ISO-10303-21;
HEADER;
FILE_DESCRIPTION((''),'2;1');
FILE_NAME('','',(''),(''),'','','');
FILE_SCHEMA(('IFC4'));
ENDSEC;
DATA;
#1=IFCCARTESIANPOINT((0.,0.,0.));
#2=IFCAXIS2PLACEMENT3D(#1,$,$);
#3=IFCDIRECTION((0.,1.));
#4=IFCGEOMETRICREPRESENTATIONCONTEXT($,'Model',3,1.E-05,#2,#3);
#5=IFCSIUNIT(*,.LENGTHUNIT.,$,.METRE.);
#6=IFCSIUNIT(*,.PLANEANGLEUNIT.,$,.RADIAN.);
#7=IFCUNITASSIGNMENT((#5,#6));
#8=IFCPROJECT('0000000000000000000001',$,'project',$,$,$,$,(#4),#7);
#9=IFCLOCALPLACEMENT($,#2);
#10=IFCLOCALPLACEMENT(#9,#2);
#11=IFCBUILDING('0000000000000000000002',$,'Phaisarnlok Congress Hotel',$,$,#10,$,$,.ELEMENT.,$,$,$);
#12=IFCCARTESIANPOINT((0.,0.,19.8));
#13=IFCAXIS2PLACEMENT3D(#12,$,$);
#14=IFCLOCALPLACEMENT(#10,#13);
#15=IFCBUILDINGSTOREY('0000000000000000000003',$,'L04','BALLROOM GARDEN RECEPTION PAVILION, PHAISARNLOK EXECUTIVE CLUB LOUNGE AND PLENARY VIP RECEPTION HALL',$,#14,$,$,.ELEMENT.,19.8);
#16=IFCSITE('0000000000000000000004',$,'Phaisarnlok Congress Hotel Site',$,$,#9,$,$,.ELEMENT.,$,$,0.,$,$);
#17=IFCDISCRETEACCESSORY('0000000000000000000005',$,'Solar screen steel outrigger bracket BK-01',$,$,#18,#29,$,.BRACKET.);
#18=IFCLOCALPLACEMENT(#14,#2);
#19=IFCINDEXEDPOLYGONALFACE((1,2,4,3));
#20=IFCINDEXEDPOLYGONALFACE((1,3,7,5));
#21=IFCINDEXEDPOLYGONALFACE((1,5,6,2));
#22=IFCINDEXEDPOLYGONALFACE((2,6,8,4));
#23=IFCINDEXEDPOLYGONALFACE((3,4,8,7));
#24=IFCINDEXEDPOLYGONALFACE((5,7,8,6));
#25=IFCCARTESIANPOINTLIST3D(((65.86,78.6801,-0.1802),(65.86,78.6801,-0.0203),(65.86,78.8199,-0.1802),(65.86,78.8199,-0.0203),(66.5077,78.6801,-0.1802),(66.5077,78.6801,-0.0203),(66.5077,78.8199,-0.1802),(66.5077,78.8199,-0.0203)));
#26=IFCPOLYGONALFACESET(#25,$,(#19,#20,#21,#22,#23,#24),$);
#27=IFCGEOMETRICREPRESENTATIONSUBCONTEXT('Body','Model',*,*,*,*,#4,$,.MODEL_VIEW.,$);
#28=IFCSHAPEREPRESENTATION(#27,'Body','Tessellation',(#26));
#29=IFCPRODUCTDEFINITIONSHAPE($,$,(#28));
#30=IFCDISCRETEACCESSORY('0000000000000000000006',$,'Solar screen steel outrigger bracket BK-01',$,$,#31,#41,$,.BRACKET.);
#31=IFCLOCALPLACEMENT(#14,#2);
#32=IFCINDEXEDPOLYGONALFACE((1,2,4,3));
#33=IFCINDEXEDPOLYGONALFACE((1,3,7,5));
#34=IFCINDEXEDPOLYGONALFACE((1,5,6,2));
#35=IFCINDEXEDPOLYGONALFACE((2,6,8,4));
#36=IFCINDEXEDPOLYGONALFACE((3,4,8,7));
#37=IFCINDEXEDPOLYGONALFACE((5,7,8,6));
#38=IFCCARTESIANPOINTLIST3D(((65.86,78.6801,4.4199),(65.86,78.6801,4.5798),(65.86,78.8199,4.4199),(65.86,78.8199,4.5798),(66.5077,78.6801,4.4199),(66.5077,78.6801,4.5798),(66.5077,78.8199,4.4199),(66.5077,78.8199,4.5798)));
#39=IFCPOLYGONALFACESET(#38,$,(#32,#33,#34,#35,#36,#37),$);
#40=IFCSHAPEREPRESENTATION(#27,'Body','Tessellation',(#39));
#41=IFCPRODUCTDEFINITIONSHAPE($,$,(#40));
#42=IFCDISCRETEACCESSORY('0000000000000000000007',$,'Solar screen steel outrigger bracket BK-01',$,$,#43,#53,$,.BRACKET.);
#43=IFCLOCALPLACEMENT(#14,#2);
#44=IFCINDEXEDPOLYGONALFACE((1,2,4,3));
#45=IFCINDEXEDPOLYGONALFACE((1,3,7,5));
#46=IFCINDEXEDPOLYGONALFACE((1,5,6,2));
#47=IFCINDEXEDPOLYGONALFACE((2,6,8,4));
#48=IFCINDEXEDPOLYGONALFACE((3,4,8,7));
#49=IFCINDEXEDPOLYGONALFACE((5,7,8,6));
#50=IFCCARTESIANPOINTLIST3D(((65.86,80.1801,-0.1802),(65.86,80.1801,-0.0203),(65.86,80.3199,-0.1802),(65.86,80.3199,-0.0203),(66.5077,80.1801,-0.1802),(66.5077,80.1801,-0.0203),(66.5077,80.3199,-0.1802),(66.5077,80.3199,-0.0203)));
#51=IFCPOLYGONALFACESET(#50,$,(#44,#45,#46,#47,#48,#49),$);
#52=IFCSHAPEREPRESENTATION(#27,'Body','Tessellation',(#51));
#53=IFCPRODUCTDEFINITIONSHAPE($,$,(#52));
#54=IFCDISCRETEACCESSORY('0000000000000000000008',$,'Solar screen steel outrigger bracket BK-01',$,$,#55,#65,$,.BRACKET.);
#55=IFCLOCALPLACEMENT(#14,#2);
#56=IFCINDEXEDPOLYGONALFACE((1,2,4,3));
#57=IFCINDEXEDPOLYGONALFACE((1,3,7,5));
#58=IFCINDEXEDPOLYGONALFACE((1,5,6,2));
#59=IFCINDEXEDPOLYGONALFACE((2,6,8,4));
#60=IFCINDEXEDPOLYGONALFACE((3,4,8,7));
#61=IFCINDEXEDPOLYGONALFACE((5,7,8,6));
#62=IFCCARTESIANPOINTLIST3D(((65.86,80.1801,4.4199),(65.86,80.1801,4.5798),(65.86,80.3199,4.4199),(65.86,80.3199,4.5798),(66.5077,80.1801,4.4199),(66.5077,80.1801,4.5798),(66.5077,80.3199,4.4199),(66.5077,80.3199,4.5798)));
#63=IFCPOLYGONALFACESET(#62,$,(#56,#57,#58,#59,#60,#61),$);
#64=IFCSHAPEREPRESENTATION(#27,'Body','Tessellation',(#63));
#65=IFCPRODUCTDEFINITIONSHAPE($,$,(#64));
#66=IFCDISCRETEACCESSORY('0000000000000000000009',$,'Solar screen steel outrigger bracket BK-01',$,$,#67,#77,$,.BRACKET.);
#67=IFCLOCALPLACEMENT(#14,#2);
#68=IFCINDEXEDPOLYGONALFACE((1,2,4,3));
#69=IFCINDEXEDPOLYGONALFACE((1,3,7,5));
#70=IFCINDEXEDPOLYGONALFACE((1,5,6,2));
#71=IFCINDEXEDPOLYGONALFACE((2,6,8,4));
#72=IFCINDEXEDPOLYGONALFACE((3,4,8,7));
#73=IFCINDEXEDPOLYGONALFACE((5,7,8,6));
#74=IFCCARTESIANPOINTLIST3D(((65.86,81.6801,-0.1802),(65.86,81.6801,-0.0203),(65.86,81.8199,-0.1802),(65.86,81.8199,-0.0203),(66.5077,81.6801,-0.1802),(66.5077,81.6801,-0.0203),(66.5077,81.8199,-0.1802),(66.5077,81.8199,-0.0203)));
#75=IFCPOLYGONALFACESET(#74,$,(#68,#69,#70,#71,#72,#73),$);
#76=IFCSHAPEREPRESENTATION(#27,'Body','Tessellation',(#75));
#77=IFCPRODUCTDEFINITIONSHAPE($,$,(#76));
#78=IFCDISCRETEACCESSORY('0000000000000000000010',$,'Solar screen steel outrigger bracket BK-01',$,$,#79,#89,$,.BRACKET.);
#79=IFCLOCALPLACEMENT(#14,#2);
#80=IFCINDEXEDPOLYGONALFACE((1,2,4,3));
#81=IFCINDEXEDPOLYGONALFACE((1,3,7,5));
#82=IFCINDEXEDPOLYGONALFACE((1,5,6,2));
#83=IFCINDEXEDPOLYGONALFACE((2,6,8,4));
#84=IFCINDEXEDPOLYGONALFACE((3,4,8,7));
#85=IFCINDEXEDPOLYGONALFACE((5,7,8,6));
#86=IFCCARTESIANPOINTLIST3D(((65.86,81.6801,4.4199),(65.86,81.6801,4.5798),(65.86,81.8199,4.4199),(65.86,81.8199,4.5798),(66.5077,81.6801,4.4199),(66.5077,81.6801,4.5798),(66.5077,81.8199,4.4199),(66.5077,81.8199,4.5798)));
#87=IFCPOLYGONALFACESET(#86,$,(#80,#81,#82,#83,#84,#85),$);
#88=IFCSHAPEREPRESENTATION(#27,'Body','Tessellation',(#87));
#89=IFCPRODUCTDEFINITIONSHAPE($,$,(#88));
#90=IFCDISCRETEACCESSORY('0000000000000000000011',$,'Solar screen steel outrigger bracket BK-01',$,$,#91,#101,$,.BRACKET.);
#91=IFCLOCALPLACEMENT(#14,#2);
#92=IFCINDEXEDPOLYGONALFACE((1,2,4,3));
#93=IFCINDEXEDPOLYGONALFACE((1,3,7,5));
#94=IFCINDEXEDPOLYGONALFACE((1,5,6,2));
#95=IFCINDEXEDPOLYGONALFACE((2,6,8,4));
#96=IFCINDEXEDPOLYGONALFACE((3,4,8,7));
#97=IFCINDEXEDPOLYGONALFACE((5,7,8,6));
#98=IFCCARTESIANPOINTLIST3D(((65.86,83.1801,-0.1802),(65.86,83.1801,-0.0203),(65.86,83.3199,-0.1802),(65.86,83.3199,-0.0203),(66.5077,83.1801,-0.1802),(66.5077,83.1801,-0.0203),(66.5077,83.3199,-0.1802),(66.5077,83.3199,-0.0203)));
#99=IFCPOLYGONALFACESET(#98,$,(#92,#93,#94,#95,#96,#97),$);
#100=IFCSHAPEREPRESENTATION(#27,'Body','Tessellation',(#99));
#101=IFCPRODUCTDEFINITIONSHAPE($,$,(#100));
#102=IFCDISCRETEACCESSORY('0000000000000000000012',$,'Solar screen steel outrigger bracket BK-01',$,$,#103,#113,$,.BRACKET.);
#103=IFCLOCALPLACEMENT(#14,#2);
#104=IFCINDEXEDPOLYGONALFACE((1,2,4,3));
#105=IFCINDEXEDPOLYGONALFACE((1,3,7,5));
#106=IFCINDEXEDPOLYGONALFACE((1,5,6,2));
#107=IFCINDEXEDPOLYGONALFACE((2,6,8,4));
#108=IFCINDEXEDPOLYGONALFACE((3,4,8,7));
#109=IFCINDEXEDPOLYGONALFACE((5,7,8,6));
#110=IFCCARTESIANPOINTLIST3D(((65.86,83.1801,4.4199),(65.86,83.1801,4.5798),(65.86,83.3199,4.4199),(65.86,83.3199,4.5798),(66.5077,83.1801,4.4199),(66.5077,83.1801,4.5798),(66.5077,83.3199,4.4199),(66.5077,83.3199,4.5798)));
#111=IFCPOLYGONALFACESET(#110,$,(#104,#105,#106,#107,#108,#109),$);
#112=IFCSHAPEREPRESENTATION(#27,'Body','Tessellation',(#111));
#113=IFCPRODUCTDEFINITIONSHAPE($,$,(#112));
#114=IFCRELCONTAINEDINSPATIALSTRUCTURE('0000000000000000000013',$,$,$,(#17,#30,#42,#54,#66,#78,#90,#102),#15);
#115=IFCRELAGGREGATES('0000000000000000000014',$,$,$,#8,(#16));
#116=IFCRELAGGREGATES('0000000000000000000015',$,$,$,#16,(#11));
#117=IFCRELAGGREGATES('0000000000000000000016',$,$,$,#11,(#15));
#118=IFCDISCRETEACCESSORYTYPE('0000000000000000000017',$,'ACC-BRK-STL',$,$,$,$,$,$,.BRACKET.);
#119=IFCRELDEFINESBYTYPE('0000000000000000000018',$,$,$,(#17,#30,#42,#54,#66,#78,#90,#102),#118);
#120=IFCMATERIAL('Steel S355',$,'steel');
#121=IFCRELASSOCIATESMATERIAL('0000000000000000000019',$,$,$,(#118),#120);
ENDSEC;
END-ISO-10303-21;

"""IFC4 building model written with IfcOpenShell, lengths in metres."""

from ifc_helpers import new_model, si_unit, direction, frame, origin, origin_2d, place, context, subcontext, project, spatial, rectangle, extrude, material, type_object, element, save


model = new_model("IFC4")

# Units and contexts
model_context = context("Model", 3, precision=1e-05, world=origin(), true_north=direction((0.0, 1.0)))
body_context = subcontext(model_context, "Body", "Model", "MODEL_VIEW")
ifc_project = project(units=[si_unit("LENGTHUNIT", "METRE"), si_unit("PLANEANGLEUNIT", "RADIAN")], contexts=[model_context])

# Site, building, storey
site_placement = place(None, origin())
site = spatial("IfcSite", under=ifc_project, at=site_placement, Name="Phaisarnlok Congress Hotel Site", CompositionType="ELEMENT", RefElevation=0.0)
building_placement = place(site_placement, origin())
building = spatial("IfcBuilding", under=site, at=building_placement, Name="Phaisarnlok Congress Hotel", CompositionType="ELEMENT")
storey_placement = place(building_placement, frame((0.0, 0.0, 19.8)))
storey = spatial("IfcBuildingStorey", under=building, at=storey_placement, Name="L04", Description="BALLROOM GARDEN RECEPTION PAVILION, PHAISARNLOK EXECUTIVE CLUB LOUNGE AND PLENARY VIP RECEPTION HALL", CompositionType="ELEMENT", Elevation=19.8)

# Shared definitions
ifc_material_1 = material(Name="Steel S355", Category="steel")

# Discrete accessories
discrete_accessory_type = type_object("IfcDiscreteAccessoryType", Name="ACC-BRK-STL", PredefinedType="BRACKET", material=ifc_material_1)
for number, where, z_axis, x_axis, name in (
    (1, (66.1838, 78.75, -0.1802), (0.0, 0.0, 1.0), (1.0, 0.0, 0.0), "Solar screen steel outrigger bracket BK-01"),
    (2, (66.1838, 78.75, 4.4199), (0.0, 0.0, 1.0), (1.0, 0.0, 0.0), "Solar screen steel outrigger bracket BK-01"),
    (3, (66.1838, 80.25, -0.1802), (0.0, 0.0, 1.0), (1.0, 0.0, 0.0), "Solar screen steel outrigger bracket BK-01"),
    (4, (66.1838, 80.25, 4.4199), (0.0, 0.0, 1.0), (1.0, 0.0, 0.0), "Solar screen steel outrigger bracket BK-01"),
    (5, (66.1838, 81.75, -0.1802), (0.0, 0.0, 1.0), (1.0, 0.0, 0.0), "Solar screen steel outrigger bracket BK-01"),
    (6, (66.1838, 81.75, 4.4199), (0.0, 0.0, 1.0), (1.0, 0.0, 0.0), "Solar screen steel outrigger bracket BK-01"),
    (7, (66.1838, 83.25, -0.1802), (0.0, 0.0, 1.0), (1.0, 0.0, 0.0), "Solar screen steel outrigger bracket BK-01"),
    (8, (66.1838, 83.25, 4.4199), (0.0, 0.0, 1.0), (1.0, 0.0, 0.0), "Solar screen steel outrigger bracket BK-01"),
):
    element("IfcDiscreteAccessory", number, at=place(storey_placement, frame(where, z_axis=z_axis, x_axis=x_axis)), inside=storey, type_object=discrete_accessory_type, Name=name, PredefinedType="BRACKET", context=body_context, shape_type="SweptSolid", body=[
        extrude(rectangle(XDim=0.6477, YDim=0.1399, at=origin_2d()), origin(), (0.0, 0.0, 1.0), 0.1599),
    ])

save(model, "model.ifc")
